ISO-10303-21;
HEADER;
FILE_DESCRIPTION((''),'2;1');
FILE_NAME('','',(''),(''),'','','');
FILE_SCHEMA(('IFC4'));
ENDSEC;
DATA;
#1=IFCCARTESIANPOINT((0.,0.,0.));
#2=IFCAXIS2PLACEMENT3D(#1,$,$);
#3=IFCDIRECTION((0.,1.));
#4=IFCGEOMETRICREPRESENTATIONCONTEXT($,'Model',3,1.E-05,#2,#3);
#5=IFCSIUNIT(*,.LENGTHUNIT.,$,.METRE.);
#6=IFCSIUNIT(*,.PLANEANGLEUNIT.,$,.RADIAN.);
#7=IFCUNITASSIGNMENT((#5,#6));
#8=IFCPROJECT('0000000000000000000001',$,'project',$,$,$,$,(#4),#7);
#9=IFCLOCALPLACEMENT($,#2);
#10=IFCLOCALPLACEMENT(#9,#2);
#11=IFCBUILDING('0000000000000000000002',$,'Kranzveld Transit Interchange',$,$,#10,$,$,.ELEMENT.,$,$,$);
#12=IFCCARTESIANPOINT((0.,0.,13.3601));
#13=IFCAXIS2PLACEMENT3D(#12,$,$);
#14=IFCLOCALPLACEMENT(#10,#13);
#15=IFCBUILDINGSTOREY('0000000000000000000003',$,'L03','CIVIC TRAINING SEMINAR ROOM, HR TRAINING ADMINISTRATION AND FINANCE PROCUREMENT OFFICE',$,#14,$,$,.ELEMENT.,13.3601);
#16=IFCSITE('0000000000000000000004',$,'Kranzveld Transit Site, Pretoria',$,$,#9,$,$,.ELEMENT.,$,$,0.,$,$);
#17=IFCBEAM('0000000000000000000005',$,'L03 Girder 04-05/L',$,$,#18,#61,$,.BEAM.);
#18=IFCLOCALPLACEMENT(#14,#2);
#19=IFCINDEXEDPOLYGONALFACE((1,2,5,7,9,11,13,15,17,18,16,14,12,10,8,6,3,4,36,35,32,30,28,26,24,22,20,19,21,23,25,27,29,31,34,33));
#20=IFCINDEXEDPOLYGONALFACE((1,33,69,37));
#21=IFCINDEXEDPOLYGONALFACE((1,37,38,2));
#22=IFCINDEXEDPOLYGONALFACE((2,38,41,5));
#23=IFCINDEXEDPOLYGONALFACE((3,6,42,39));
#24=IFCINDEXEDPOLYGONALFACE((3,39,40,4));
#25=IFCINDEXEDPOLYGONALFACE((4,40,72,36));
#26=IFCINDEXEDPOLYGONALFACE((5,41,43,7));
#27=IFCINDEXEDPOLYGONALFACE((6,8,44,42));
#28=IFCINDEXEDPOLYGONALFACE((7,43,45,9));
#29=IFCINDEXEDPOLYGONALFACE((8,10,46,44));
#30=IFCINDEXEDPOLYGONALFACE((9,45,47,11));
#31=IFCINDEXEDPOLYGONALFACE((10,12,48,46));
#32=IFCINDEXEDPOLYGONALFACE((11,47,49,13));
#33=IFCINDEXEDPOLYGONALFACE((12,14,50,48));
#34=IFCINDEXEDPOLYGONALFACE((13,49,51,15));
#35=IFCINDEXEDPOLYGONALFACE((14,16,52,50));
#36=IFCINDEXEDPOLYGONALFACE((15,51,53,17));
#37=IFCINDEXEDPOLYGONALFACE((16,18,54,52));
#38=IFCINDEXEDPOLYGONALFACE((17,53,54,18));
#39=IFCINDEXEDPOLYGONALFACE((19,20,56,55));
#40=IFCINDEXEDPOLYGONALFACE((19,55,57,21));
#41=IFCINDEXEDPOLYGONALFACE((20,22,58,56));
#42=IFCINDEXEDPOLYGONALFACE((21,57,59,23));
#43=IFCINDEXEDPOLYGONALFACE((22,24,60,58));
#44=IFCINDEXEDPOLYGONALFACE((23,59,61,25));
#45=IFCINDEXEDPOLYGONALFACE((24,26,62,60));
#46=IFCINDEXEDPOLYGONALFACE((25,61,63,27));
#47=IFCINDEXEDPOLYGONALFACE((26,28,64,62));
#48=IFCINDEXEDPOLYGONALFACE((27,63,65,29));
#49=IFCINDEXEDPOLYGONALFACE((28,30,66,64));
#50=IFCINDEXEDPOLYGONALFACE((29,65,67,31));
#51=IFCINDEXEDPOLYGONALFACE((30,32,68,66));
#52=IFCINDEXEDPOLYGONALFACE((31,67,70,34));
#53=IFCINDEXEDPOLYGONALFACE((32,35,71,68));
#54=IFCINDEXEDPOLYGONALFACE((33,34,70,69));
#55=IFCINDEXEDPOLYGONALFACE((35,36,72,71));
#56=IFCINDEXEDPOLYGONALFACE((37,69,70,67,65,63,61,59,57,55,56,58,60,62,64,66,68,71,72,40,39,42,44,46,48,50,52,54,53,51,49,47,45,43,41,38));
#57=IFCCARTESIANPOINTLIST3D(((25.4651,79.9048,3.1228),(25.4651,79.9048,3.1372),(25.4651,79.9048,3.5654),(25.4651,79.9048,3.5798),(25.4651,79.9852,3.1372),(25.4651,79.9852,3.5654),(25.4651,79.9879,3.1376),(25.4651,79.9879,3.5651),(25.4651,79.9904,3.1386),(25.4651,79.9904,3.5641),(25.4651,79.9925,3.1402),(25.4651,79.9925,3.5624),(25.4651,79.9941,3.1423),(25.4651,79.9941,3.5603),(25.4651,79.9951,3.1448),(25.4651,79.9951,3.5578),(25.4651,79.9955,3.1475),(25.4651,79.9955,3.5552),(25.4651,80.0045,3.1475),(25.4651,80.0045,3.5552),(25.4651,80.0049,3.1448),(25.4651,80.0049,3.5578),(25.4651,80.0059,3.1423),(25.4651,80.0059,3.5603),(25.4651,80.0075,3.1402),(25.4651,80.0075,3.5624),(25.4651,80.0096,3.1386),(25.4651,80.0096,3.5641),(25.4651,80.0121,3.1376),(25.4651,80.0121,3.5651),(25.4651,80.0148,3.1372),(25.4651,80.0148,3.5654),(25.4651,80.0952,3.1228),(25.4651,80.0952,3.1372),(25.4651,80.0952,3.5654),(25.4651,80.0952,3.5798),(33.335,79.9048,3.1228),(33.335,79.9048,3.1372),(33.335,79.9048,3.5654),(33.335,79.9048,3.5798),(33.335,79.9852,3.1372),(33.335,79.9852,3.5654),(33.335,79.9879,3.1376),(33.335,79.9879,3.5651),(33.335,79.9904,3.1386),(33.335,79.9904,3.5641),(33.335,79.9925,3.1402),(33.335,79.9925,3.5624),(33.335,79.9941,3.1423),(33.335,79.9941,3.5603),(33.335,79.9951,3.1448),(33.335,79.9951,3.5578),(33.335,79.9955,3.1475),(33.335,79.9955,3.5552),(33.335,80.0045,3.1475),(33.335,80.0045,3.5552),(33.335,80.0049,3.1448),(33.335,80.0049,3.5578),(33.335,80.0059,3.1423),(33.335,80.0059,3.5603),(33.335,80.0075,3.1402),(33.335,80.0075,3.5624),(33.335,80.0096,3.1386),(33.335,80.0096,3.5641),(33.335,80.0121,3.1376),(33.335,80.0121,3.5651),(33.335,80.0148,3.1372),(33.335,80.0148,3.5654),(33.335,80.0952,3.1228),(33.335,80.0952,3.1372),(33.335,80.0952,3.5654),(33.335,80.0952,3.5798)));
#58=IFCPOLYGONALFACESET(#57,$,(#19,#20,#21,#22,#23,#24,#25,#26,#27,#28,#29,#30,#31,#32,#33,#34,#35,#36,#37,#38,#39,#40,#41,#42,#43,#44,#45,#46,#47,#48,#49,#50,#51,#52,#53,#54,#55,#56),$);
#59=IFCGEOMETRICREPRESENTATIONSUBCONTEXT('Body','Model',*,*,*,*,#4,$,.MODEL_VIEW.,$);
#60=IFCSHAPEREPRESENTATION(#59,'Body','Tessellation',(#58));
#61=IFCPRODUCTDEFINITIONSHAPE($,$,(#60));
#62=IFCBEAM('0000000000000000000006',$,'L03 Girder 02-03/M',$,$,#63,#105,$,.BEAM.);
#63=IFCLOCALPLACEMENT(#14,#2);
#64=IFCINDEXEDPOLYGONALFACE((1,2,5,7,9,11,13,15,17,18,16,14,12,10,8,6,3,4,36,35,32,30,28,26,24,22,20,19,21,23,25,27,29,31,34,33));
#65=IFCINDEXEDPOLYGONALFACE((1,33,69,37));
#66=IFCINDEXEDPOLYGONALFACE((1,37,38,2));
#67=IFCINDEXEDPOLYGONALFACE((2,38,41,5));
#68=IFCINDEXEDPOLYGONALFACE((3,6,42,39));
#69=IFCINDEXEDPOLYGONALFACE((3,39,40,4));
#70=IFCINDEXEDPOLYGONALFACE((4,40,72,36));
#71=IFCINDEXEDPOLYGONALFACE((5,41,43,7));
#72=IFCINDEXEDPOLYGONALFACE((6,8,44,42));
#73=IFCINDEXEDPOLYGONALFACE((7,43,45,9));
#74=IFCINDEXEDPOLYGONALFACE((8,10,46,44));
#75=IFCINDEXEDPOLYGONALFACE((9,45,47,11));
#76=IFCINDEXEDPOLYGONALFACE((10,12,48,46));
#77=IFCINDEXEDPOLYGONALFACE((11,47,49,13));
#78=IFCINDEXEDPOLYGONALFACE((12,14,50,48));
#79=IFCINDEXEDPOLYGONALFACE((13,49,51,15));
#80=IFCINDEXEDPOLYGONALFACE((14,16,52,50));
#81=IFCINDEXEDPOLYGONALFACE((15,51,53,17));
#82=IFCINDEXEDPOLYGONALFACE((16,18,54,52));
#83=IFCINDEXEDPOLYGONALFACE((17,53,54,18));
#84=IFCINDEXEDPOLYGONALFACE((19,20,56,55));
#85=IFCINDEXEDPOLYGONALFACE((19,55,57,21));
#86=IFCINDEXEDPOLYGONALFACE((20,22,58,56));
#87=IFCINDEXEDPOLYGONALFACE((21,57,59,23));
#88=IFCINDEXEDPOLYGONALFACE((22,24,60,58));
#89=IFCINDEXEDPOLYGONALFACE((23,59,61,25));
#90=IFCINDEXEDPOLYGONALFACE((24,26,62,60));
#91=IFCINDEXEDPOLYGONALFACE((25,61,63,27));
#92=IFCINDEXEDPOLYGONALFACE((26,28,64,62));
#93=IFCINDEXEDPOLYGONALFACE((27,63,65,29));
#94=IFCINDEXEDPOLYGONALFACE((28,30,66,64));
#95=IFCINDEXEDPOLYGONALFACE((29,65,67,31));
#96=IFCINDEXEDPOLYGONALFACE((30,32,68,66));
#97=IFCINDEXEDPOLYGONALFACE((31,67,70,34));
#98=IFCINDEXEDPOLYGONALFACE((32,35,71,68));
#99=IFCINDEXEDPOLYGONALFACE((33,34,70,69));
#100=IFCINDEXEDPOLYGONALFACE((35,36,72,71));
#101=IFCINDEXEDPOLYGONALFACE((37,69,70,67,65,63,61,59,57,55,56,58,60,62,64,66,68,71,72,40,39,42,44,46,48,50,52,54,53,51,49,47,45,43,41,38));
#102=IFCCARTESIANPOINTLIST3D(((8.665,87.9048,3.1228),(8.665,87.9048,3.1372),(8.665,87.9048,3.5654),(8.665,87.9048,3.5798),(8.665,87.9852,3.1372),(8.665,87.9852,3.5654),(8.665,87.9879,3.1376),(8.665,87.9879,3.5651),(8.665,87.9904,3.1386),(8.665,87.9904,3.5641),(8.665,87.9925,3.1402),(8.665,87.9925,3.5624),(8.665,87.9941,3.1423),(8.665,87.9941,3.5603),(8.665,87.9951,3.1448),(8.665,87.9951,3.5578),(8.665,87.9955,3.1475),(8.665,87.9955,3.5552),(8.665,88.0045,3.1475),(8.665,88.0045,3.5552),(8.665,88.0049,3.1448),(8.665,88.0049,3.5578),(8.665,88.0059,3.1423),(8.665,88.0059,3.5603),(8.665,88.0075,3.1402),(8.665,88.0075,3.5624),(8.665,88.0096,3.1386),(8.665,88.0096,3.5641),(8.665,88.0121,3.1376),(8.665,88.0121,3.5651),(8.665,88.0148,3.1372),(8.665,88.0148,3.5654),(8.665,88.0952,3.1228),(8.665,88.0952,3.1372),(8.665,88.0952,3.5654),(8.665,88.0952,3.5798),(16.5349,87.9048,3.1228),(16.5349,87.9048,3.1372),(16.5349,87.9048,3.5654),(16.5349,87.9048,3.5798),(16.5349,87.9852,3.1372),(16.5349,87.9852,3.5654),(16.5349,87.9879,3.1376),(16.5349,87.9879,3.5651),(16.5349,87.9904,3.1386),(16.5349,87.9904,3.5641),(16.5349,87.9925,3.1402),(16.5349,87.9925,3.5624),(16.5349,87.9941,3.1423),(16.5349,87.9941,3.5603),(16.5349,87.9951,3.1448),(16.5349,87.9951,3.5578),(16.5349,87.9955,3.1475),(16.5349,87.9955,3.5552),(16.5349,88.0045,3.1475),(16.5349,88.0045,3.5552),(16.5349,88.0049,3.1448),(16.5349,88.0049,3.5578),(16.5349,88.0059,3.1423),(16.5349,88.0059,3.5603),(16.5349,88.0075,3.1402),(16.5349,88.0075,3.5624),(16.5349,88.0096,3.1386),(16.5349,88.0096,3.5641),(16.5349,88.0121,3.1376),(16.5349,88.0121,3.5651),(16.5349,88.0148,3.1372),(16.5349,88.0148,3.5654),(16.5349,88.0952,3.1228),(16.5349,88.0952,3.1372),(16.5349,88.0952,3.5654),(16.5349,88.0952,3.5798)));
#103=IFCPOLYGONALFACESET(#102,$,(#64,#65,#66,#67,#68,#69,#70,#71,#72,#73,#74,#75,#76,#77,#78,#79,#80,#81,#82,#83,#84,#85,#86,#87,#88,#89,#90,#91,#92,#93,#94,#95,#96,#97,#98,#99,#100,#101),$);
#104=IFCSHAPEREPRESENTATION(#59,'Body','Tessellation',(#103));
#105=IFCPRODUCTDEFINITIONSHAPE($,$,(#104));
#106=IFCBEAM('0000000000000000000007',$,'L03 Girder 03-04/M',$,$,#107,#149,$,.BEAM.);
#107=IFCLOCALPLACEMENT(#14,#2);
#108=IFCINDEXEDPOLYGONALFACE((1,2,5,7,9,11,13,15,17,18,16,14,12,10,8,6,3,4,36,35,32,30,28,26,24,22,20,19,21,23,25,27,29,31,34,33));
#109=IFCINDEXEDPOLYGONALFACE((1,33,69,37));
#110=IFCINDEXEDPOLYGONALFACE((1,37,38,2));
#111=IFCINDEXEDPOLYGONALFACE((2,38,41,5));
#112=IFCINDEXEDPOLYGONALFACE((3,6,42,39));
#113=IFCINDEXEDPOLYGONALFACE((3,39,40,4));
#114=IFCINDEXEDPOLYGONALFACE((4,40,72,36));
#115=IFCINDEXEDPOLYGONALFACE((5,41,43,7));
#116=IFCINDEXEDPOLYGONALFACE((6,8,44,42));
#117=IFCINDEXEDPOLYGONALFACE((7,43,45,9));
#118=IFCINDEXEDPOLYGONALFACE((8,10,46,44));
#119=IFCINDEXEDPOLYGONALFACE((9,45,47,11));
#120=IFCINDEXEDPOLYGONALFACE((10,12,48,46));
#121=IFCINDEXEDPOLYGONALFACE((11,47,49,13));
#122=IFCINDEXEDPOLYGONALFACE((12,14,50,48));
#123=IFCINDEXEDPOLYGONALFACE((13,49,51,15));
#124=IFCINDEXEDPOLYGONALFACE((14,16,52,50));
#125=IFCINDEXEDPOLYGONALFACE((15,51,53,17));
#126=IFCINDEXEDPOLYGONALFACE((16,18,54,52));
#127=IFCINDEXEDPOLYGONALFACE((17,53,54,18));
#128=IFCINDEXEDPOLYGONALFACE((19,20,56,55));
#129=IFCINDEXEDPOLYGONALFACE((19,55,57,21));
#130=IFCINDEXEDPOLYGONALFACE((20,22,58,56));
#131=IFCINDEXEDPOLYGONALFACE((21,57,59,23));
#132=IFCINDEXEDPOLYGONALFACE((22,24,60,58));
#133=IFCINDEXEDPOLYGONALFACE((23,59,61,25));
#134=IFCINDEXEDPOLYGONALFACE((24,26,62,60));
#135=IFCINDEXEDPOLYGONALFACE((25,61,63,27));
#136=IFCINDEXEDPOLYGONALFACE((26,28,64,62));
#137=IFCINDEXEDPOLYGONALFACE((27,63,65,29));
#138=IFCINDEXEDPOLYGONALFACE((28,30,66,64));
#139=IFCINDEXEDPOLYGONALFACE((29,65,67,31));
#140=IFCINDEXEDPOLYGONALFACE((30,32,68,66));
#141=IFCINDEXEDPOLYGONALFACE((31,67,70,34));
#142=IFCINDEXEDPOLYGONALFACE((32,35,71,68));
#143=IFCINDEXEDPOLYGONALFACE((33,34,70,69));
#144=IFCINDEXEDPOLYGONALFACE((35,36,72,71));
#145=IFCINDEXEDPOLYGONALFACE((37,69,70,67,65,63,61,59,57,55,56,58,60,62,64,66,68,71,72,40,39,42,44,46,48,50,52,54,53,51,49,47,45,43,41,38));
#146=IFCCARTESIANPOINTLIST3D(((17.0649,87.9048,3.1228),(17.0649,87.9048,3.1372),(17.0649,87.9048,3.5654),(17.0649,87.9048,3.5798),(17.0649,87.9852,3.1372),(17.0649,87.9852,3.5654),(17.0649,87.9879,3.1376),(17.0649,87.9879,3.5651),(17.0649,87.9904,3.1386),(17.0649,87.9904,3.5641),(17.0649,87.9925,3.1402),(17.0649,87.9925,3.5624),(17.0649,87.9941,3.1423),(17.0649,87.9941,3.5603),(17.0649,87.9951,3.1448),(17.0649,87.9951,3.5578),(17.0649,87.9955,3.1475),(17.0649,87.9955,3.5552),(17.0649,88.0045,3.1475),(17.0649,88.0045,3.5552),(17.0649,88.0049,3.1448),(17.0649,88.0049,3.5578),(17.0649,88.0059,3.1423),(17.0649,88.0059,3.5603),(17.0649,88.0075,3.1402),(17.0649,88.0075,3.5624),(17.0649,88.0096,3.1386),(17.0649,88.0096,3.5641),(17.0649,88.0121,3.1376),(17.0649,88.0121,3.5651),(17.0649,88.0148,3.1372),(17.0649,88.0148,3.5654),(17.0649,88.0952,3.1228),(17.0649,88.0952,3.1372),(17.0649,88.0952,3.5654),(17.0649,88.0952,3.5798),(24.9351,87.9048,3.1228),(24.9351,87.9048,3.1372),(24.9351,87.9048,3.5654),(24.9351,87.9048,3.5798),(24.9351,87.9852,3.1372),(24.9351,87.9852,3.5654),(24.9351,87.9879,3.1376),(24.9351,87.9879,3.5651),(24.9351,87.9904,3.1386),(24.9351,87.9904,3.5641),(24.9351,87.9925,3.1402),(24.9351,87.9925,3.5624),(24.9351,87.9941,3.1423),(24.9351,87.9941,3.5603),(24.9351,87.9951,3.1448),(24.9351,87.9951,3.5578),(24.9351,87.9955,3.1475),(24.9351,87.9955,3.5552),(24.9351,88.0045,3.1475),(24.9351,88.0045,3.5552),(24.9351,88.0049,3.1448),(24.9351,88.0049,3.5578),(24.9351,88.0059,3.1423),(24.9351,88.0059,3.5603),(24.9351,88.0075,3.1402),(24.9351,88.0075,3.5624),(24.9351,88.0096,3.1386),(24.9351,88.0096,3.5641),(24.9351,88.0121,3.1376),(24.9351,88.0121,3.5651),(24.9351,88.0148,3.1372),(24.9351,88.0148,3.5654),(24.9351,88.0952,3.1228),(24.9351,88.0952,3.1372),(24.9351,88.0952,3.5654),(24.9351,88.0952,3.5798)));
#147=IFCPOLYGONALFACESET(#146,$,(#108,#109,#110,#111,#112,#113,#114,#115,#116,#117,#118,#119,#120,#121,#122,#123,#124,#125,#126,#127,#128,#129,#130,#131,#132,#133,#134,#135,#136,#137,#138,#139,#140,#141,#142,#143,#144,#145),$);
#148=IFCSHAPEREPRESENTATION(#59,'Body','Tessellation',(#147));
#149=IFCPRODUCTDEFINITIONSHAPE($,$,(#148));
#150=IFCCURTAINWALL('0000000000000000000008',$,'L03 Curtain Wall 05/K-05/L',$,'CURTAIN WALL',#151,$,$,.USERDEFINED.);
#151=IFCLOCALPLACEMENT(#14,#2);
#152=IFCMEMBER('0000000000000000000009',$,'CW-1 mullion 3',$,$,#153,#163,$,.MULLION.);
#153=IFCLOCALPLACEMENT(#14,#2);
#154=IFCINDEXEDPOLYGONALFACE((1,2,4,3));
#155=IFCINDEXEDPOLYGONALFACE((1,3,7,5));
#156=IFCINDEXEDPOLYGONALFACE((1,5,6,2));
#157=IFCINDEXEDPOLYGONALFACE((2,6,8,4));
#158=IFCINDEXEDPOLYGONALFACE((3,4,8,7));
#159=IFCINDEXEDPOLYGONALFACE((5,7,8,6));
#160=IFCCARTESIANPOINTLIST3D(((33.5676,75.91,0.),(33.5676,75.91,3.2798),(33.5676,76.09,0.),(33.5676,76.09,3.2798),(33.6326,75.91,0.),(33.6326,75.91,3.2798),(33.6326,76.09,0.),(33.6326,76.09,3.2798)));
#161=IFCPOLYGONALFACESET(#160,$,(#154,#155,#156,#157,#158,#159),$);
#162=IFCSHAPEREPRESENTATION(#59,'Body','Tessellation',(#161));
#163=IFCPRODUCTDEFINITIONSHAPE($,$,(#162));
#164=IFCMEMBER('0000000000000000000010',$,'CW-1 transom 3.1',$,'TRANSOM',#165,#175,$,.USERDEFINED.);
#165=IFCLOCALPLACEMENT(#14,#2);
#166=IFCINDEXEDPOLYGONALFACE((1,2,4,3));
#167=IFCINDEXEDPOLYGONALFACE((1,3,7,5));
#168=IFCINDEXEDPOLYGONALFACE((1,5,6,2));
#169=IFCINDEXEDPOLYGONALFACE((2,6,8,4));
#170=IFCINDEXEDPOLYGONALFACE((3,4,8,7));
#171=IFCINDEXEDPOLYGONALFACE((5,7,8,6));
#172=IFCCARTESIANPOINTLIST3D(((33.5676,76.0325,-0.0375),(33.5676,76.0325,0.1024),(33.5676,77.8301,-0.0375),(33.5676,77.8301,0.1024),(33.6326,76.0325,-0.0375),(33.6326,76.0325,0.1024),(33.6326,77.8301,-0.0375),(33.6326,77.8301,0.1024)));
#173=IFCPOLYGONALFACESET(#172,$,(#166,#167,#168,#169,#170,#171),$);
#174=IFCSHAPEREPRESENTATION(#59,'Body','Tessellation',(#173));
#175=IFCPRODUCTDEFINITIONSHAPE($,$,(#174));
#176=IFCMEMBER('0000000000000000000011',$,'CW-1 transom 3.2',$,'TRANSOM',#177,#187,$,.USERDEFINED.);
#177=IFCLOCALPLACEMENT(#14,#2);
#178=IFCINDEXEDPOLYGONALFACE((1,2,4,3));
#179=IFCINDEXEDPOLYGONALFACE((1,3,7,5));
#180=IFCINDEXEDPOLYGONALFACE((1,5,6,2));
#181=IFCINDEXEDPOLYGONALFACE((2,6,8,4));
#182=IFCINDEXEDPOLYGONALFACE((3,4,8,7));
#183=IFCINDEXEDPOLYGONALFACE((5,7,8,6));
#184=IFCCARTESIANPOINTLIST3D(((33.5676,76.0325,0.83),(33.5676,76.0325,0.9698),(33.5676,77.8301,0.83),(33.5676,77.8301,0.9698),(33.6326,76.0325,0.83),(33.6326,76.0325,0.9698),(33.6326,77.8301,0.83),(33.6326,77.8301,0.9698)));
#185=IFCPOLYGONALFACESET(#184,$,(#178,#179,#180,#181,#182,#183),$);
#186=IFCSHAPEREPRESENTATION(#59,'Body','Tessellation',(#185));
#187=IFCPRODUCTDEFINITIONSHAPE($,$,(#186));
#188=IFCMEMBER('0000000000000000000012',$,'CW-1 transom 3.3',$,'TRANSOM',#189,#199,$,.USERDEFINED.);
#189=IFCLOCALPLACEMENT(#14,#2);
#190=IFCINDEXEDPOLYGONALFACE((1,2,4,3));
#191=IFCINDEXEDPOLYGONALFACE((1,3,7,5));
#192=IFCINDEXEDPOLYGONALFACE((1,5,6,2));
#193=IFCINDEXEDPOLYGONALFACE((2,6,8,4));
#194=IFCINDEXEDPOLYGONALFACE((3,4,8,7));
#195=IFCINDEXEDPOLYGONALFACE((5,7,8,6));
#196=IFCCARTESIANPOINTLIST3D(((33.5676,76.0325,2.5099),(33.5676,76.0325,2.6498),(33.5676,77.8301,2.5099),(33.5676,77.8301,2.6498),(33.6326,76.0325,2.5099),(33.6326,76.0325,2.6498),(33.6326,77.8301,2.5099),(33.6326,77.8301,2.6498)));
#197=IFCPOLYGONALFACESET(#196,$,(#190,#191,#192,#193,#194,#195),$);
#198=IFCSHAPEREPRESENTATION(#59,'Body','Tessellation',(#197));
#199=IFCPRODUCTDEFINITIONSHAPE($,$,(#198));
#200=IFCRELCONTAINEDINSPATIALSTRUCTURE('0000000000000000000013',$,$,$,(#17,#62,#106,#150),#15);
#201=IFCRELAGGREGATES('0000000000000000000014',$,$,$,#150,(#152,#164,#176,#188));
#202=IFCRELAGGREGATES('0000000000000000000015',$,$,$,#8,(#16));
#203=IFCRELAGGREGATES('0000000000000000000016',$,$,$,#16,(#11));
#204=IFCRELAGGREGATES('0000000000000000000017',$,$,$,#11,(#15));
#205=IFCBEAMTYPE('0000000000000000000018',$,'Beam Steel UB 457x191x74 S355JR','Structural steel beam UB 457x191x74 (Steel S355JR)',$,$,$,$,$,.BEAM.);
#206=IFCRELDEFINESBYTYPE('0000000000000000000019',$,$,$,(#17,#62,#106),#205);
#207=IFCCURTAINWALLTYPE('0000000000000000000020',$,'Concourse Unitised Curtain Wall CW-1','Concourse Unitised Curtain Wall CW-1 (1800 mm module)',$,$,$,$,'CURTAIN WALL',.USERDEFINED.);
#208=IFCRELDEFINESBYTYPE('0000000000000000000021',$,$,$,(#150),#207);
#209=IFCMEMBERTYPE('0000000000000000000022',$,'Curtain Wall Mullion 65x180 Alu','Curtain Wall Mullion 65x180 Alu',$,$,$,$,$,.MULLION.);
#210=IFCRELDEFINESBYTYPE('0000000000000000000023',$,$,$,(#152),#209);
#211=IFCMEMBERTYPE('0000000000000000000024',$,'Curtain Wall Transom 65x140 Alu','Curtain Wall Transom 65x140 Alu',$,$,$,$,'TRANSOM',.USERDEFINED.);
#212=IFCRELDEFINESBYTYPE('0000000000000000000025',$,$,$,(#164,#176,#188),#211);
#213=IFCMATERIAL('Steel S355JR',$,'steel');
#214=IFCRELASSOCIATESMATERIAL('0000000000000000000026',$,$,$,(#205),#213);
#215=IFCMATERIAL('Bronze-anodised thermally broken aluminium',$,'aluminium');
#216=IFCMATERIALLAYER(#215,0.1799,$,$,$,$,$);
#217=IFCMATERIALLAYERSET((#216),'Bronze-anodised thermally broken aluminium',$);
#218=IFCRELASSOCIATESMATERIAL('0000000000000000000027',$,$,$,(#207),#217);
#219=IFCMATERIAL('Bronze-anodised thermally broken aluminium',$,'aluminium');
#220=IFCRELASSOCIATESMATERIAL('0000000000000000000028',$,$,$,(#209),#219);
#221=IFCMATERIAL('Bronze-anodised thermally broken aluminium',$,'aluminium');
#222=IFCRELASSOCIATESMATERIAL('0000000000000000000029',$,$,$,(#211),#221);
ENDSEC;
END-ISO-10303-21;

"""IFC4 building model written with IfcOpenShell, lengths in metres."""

from ifc_helpers import new_model, si_unit, direction, frame, origin, origin_2d, place, context, subcontext, project, spatial, rectangle, i_section, extrude, material, layer, layer_set, material_profile, profile_set, type_object, element, aggregate, save


model = new_model("IFC4")

# Units and contexts
model_context = context("Model", 3, precision=1e-05, world=origin(), true_north=direction((0.0, 1.0)))
body_context = subcontext(model_context, "Body", "Model", "MODEL_VIEW")
ifc_project = project(units=[si_unit("LENGTHUNIT", "METRE"), si_unit("PLANEANGLEUNIT", "RADIAN")], contexts=[model_context])

# Site, building, storey
site_placement = place(None, origin())
site = spatial("IfcSite", under=ifc_project, at=site_placement, Name="Kranzveld Transit Site, Pretoria", CompositionType="ELEMENT", RefElevation=0.0)
building_placement = place(site_placement, origin())
building = spatial("IfcBuilding", under=site, at=building_placement, Name="Kranzveld Transit Interchange", CompositionType="ELEMENT")
storey_placement = place(building_placement, frame((0.0, 0.0, 13.3601)))
storey = spatial("IfcBuildingStorey", under=building, at=storey_placement, Name="L03", Description="CIVIC TRAINING SEMINAR ROOM, HR TRAINING ADMINISTRATION AND FINANCE PROCUREMENT OFFICE", CompositionType="ELEMENT", Elevation=13.3601)

# Beams
ifc_material_1 = material(Name="Steel S355JR", Category="steel")
ifc_material_profile_1 = material_profile(ifc_material_1, i_section(OverallWidth=0.1904, OverallDepth=0.457, WebThickness=0.009, FlangeThickness=0.0144, FilletRadius=0.0103, at=origin_2d()), Name="UB 457x191x74")
ifc_profile_set_1 = profile_set([ifc_material_profile_1], Name="Steel S355JR")
beam_type_1 = type_object("IfcBeamType", Name="Beam Steel UB 457x191x74 S355JR", Description="Structural steel beam UB 457x191x74 (Steel S355JR)", PredefinedType="BEAM", material=ifc_profile_set_1)
for number, where, z_axis, x_axis, name in (
    (1, (25.4651, 80.0, 3.3513), (1.0, 0.0, 0.0), (0.0, 1.0, 0.0), "L03 Girder 04-05/L"),
    (2, (8.665, 88.0, 3.3513), (1.0, 0.0, 0.0), (0.0, 1.0, 0.0), "L03 Girder 02-03/M"),
):
    element("IfcBeam", number, at=place(storey_placement, frame(where, z_axis=z_axis, x_axis=x_axis)), inside=storey, type_object=beam_type_1, Name=name, PredefinedType="BEAM", context=body_context, shape_type="SweptSolid", body=[
        extrude(i_section(OverallWidth=0.1904, OverallDepth=0.457, WebThickness=0.009, FlangeThickness=0.0144, FilletRadius=0.0103, at=origin_2d()), origin(), (0.0, 0.0, 1.0), 7.8699),
    ])
beam_1_placement = place(storey_placement, frame((17.0649, 88.0, 3.3513), z_axis=(1.0, 0.0, 0.0), x_axis=(0.0, 1.0, 0.0)))
element("IfcBeam", 3, at=beam_1_placement, inside=storey, type_object=beam_type_1, Name="L03 Girder 03-04/M", PredefinedType="BEAM", context=body_context, shape_type="SweptSolid", body=[
    extrude(i_section(OverallWidth=0.1904, OverallDepth=0.457, WebThickness=0.009, FlangeThickness=0.0144, FilletRadius=0.0103, at=origin_2d()), origin(), (0.0, 0.0, 1.0), 7.8701),
])

# Curtain wall, members
ifc_material_2 = material(Name="Bronze-anodised thermally broken aluminium", Category="aluminium")
ifc_layer_1 = layer(ifc_material_2, 0.1799)
ifc_layer_set_1 = layer_set([ifc_layer_1], Name="Bronze-anodised thermally broken aluminium")
curtain_wall_type = type_object("IfcCurtainWallType", Name="Concourse Unitised Curtain Wall CW-1", Description="Concourse Unitised Curtain Wall CW-1 (1800 mm module)", ElementType="CURTAIN WALL", PredefinedType="USERDEFINED", material=ifc_layer_set_1)
curtain_wall_placement = place(storey_placement, origin())
curtain_wall = element("IfcCurtainWall", 4, at=curtain_wall_placement, inside=storey, type_object=curtain_wall_type, Name="L03 Curtain Wall 05/K-05/L", ObjectType="CURTAIN WALL", PredefinedType="USERDEFINED")
ifc_material_3 = material(Name="Bronze-anodised thermally broken aluminium", Category="aluminium")
ifc_material_profile_2 = material_profile(ifc_material_3, rectangle(XDim=0.0649, YDim=0.1799, at=origin_2d()), Name="ALU MULLION 65x180")
ifc_profile_set_2 = profile_set([ifc_material_profile_2], Name="Bronze-anodised thermally broken aluminium")
member_type_1 = type_object("IfcMemberType", Name="Curtain Wall Mullion 65x180 Alu", Description="Curtain Wall Mullion 65x180 Alu", PredefinedType="MULLION", material=ifc_profile_set_2)
member_1_placement = place(storey_placement, frame((33.6001, 76.0, 0.0), z_axis=(0.0, 0.0, 1.0), x_axis=(-1.0, 0.0, 0.0)))
member_1 = element("IfcMember", 5, at=member_1_placement, type_object=member_type_1, Name="CW-1 mullion 3", PredefinedType="MULLION", context=body_context, shape_type="SweptSolid", body=[
    extrude(rectangle(XDim=0.0649, YDim=0.1799, at=origin_2d()), origin(), (0.0, 0.0, 1.0), 3.2798),
])
ifc_material_4 = material(Name="Bronze-anodised thermally broken aluminium", Category="aluminium")
ifc_material_profile_3 = material_profile(ifc_material_4, rectangle(XDim=0.0649, YDim=0.1399, at=origin_2d()), Name="ALU TRANSOM 65x140")
ifc_profile_set_3 = profile_set([ifc_material_profile_3], Name="Bronze-anodised thermally broken aluminium")
member_type_2 = type_object("IfcMemberType", Name="Curtain Wall Transom 65x140 Alu", Description="Curtain Wall Transom 65x140 Alu", ElementType="TRANSOM", PredefinedType="USERDEFINED", material=ifc_profile_set_3)
member_2_placement = place(storey_placement, frame((33.6001, 76.0325, 0.0325), z_axis=(0.0, 1.0, 0.0), x_axis=(-1.0, 0.0, 0.0)))
member_2 = element("IfcMember", 6, at=member_2_placement, type_object=member_type_2, Name="CW-1 transom 3.1", ObjectType="TRANSOM", PredefinedType="USERDEFINED", context=body_context, shape_type="SweptSolid", body=[
    extrude(rectangle(XDim=0.0649, YDim=0.1399, at=origin_2d()), origin(), (0.0, 0.0, 1.0), 1.7976),
])
member_3_placement = place(storey_placement, frame((33.6001, 76.0325, 0.8999), z_axis=(0.0, 1.0, 0.0), x_axis=(-1.0, 0.0, 0.0)))
member_3 = element("IfcMember", 7, at=member_3_placement, type_object=member_type_2, Name="CW-1 transom 3.2", ObjectType="TRANSOM", PredefinedType="USERDEFINED", context=body_context, shape_type="SweptSolid", body=[
    extrude(rectangle(XDim=0.0649, YDim=0.1399, at=origin_2d()), origin(), (0.0, 0.0, 1.0), 1.7976),
])
member_4_placement = place(storey_placement, frame((33.6001, 76.0325, 2.5798), z_axis=(0.0, 1.0, 0.0), x_axis=(-1.0, 0.0, 0.0)))
member_4 = element("IfcMember", 8, at=member_4_placement, type_object=member_type_2, Name="CW-1 transom 3.3", ObjectType="TRANSOM", PredefinedType="USERDEFINED", context=body_context, shape_type="SweptSolid", body=[
    extrude(rectangle(XDim=0.0649, YDim=0.1399, at=origin_2d()), origin(), (0.0, 0.0, 1.0), 1.7976),
])

aggregate(curtain_wall, [member_1, member_2, member_3, member_4])

save(model, "model.ifc")
